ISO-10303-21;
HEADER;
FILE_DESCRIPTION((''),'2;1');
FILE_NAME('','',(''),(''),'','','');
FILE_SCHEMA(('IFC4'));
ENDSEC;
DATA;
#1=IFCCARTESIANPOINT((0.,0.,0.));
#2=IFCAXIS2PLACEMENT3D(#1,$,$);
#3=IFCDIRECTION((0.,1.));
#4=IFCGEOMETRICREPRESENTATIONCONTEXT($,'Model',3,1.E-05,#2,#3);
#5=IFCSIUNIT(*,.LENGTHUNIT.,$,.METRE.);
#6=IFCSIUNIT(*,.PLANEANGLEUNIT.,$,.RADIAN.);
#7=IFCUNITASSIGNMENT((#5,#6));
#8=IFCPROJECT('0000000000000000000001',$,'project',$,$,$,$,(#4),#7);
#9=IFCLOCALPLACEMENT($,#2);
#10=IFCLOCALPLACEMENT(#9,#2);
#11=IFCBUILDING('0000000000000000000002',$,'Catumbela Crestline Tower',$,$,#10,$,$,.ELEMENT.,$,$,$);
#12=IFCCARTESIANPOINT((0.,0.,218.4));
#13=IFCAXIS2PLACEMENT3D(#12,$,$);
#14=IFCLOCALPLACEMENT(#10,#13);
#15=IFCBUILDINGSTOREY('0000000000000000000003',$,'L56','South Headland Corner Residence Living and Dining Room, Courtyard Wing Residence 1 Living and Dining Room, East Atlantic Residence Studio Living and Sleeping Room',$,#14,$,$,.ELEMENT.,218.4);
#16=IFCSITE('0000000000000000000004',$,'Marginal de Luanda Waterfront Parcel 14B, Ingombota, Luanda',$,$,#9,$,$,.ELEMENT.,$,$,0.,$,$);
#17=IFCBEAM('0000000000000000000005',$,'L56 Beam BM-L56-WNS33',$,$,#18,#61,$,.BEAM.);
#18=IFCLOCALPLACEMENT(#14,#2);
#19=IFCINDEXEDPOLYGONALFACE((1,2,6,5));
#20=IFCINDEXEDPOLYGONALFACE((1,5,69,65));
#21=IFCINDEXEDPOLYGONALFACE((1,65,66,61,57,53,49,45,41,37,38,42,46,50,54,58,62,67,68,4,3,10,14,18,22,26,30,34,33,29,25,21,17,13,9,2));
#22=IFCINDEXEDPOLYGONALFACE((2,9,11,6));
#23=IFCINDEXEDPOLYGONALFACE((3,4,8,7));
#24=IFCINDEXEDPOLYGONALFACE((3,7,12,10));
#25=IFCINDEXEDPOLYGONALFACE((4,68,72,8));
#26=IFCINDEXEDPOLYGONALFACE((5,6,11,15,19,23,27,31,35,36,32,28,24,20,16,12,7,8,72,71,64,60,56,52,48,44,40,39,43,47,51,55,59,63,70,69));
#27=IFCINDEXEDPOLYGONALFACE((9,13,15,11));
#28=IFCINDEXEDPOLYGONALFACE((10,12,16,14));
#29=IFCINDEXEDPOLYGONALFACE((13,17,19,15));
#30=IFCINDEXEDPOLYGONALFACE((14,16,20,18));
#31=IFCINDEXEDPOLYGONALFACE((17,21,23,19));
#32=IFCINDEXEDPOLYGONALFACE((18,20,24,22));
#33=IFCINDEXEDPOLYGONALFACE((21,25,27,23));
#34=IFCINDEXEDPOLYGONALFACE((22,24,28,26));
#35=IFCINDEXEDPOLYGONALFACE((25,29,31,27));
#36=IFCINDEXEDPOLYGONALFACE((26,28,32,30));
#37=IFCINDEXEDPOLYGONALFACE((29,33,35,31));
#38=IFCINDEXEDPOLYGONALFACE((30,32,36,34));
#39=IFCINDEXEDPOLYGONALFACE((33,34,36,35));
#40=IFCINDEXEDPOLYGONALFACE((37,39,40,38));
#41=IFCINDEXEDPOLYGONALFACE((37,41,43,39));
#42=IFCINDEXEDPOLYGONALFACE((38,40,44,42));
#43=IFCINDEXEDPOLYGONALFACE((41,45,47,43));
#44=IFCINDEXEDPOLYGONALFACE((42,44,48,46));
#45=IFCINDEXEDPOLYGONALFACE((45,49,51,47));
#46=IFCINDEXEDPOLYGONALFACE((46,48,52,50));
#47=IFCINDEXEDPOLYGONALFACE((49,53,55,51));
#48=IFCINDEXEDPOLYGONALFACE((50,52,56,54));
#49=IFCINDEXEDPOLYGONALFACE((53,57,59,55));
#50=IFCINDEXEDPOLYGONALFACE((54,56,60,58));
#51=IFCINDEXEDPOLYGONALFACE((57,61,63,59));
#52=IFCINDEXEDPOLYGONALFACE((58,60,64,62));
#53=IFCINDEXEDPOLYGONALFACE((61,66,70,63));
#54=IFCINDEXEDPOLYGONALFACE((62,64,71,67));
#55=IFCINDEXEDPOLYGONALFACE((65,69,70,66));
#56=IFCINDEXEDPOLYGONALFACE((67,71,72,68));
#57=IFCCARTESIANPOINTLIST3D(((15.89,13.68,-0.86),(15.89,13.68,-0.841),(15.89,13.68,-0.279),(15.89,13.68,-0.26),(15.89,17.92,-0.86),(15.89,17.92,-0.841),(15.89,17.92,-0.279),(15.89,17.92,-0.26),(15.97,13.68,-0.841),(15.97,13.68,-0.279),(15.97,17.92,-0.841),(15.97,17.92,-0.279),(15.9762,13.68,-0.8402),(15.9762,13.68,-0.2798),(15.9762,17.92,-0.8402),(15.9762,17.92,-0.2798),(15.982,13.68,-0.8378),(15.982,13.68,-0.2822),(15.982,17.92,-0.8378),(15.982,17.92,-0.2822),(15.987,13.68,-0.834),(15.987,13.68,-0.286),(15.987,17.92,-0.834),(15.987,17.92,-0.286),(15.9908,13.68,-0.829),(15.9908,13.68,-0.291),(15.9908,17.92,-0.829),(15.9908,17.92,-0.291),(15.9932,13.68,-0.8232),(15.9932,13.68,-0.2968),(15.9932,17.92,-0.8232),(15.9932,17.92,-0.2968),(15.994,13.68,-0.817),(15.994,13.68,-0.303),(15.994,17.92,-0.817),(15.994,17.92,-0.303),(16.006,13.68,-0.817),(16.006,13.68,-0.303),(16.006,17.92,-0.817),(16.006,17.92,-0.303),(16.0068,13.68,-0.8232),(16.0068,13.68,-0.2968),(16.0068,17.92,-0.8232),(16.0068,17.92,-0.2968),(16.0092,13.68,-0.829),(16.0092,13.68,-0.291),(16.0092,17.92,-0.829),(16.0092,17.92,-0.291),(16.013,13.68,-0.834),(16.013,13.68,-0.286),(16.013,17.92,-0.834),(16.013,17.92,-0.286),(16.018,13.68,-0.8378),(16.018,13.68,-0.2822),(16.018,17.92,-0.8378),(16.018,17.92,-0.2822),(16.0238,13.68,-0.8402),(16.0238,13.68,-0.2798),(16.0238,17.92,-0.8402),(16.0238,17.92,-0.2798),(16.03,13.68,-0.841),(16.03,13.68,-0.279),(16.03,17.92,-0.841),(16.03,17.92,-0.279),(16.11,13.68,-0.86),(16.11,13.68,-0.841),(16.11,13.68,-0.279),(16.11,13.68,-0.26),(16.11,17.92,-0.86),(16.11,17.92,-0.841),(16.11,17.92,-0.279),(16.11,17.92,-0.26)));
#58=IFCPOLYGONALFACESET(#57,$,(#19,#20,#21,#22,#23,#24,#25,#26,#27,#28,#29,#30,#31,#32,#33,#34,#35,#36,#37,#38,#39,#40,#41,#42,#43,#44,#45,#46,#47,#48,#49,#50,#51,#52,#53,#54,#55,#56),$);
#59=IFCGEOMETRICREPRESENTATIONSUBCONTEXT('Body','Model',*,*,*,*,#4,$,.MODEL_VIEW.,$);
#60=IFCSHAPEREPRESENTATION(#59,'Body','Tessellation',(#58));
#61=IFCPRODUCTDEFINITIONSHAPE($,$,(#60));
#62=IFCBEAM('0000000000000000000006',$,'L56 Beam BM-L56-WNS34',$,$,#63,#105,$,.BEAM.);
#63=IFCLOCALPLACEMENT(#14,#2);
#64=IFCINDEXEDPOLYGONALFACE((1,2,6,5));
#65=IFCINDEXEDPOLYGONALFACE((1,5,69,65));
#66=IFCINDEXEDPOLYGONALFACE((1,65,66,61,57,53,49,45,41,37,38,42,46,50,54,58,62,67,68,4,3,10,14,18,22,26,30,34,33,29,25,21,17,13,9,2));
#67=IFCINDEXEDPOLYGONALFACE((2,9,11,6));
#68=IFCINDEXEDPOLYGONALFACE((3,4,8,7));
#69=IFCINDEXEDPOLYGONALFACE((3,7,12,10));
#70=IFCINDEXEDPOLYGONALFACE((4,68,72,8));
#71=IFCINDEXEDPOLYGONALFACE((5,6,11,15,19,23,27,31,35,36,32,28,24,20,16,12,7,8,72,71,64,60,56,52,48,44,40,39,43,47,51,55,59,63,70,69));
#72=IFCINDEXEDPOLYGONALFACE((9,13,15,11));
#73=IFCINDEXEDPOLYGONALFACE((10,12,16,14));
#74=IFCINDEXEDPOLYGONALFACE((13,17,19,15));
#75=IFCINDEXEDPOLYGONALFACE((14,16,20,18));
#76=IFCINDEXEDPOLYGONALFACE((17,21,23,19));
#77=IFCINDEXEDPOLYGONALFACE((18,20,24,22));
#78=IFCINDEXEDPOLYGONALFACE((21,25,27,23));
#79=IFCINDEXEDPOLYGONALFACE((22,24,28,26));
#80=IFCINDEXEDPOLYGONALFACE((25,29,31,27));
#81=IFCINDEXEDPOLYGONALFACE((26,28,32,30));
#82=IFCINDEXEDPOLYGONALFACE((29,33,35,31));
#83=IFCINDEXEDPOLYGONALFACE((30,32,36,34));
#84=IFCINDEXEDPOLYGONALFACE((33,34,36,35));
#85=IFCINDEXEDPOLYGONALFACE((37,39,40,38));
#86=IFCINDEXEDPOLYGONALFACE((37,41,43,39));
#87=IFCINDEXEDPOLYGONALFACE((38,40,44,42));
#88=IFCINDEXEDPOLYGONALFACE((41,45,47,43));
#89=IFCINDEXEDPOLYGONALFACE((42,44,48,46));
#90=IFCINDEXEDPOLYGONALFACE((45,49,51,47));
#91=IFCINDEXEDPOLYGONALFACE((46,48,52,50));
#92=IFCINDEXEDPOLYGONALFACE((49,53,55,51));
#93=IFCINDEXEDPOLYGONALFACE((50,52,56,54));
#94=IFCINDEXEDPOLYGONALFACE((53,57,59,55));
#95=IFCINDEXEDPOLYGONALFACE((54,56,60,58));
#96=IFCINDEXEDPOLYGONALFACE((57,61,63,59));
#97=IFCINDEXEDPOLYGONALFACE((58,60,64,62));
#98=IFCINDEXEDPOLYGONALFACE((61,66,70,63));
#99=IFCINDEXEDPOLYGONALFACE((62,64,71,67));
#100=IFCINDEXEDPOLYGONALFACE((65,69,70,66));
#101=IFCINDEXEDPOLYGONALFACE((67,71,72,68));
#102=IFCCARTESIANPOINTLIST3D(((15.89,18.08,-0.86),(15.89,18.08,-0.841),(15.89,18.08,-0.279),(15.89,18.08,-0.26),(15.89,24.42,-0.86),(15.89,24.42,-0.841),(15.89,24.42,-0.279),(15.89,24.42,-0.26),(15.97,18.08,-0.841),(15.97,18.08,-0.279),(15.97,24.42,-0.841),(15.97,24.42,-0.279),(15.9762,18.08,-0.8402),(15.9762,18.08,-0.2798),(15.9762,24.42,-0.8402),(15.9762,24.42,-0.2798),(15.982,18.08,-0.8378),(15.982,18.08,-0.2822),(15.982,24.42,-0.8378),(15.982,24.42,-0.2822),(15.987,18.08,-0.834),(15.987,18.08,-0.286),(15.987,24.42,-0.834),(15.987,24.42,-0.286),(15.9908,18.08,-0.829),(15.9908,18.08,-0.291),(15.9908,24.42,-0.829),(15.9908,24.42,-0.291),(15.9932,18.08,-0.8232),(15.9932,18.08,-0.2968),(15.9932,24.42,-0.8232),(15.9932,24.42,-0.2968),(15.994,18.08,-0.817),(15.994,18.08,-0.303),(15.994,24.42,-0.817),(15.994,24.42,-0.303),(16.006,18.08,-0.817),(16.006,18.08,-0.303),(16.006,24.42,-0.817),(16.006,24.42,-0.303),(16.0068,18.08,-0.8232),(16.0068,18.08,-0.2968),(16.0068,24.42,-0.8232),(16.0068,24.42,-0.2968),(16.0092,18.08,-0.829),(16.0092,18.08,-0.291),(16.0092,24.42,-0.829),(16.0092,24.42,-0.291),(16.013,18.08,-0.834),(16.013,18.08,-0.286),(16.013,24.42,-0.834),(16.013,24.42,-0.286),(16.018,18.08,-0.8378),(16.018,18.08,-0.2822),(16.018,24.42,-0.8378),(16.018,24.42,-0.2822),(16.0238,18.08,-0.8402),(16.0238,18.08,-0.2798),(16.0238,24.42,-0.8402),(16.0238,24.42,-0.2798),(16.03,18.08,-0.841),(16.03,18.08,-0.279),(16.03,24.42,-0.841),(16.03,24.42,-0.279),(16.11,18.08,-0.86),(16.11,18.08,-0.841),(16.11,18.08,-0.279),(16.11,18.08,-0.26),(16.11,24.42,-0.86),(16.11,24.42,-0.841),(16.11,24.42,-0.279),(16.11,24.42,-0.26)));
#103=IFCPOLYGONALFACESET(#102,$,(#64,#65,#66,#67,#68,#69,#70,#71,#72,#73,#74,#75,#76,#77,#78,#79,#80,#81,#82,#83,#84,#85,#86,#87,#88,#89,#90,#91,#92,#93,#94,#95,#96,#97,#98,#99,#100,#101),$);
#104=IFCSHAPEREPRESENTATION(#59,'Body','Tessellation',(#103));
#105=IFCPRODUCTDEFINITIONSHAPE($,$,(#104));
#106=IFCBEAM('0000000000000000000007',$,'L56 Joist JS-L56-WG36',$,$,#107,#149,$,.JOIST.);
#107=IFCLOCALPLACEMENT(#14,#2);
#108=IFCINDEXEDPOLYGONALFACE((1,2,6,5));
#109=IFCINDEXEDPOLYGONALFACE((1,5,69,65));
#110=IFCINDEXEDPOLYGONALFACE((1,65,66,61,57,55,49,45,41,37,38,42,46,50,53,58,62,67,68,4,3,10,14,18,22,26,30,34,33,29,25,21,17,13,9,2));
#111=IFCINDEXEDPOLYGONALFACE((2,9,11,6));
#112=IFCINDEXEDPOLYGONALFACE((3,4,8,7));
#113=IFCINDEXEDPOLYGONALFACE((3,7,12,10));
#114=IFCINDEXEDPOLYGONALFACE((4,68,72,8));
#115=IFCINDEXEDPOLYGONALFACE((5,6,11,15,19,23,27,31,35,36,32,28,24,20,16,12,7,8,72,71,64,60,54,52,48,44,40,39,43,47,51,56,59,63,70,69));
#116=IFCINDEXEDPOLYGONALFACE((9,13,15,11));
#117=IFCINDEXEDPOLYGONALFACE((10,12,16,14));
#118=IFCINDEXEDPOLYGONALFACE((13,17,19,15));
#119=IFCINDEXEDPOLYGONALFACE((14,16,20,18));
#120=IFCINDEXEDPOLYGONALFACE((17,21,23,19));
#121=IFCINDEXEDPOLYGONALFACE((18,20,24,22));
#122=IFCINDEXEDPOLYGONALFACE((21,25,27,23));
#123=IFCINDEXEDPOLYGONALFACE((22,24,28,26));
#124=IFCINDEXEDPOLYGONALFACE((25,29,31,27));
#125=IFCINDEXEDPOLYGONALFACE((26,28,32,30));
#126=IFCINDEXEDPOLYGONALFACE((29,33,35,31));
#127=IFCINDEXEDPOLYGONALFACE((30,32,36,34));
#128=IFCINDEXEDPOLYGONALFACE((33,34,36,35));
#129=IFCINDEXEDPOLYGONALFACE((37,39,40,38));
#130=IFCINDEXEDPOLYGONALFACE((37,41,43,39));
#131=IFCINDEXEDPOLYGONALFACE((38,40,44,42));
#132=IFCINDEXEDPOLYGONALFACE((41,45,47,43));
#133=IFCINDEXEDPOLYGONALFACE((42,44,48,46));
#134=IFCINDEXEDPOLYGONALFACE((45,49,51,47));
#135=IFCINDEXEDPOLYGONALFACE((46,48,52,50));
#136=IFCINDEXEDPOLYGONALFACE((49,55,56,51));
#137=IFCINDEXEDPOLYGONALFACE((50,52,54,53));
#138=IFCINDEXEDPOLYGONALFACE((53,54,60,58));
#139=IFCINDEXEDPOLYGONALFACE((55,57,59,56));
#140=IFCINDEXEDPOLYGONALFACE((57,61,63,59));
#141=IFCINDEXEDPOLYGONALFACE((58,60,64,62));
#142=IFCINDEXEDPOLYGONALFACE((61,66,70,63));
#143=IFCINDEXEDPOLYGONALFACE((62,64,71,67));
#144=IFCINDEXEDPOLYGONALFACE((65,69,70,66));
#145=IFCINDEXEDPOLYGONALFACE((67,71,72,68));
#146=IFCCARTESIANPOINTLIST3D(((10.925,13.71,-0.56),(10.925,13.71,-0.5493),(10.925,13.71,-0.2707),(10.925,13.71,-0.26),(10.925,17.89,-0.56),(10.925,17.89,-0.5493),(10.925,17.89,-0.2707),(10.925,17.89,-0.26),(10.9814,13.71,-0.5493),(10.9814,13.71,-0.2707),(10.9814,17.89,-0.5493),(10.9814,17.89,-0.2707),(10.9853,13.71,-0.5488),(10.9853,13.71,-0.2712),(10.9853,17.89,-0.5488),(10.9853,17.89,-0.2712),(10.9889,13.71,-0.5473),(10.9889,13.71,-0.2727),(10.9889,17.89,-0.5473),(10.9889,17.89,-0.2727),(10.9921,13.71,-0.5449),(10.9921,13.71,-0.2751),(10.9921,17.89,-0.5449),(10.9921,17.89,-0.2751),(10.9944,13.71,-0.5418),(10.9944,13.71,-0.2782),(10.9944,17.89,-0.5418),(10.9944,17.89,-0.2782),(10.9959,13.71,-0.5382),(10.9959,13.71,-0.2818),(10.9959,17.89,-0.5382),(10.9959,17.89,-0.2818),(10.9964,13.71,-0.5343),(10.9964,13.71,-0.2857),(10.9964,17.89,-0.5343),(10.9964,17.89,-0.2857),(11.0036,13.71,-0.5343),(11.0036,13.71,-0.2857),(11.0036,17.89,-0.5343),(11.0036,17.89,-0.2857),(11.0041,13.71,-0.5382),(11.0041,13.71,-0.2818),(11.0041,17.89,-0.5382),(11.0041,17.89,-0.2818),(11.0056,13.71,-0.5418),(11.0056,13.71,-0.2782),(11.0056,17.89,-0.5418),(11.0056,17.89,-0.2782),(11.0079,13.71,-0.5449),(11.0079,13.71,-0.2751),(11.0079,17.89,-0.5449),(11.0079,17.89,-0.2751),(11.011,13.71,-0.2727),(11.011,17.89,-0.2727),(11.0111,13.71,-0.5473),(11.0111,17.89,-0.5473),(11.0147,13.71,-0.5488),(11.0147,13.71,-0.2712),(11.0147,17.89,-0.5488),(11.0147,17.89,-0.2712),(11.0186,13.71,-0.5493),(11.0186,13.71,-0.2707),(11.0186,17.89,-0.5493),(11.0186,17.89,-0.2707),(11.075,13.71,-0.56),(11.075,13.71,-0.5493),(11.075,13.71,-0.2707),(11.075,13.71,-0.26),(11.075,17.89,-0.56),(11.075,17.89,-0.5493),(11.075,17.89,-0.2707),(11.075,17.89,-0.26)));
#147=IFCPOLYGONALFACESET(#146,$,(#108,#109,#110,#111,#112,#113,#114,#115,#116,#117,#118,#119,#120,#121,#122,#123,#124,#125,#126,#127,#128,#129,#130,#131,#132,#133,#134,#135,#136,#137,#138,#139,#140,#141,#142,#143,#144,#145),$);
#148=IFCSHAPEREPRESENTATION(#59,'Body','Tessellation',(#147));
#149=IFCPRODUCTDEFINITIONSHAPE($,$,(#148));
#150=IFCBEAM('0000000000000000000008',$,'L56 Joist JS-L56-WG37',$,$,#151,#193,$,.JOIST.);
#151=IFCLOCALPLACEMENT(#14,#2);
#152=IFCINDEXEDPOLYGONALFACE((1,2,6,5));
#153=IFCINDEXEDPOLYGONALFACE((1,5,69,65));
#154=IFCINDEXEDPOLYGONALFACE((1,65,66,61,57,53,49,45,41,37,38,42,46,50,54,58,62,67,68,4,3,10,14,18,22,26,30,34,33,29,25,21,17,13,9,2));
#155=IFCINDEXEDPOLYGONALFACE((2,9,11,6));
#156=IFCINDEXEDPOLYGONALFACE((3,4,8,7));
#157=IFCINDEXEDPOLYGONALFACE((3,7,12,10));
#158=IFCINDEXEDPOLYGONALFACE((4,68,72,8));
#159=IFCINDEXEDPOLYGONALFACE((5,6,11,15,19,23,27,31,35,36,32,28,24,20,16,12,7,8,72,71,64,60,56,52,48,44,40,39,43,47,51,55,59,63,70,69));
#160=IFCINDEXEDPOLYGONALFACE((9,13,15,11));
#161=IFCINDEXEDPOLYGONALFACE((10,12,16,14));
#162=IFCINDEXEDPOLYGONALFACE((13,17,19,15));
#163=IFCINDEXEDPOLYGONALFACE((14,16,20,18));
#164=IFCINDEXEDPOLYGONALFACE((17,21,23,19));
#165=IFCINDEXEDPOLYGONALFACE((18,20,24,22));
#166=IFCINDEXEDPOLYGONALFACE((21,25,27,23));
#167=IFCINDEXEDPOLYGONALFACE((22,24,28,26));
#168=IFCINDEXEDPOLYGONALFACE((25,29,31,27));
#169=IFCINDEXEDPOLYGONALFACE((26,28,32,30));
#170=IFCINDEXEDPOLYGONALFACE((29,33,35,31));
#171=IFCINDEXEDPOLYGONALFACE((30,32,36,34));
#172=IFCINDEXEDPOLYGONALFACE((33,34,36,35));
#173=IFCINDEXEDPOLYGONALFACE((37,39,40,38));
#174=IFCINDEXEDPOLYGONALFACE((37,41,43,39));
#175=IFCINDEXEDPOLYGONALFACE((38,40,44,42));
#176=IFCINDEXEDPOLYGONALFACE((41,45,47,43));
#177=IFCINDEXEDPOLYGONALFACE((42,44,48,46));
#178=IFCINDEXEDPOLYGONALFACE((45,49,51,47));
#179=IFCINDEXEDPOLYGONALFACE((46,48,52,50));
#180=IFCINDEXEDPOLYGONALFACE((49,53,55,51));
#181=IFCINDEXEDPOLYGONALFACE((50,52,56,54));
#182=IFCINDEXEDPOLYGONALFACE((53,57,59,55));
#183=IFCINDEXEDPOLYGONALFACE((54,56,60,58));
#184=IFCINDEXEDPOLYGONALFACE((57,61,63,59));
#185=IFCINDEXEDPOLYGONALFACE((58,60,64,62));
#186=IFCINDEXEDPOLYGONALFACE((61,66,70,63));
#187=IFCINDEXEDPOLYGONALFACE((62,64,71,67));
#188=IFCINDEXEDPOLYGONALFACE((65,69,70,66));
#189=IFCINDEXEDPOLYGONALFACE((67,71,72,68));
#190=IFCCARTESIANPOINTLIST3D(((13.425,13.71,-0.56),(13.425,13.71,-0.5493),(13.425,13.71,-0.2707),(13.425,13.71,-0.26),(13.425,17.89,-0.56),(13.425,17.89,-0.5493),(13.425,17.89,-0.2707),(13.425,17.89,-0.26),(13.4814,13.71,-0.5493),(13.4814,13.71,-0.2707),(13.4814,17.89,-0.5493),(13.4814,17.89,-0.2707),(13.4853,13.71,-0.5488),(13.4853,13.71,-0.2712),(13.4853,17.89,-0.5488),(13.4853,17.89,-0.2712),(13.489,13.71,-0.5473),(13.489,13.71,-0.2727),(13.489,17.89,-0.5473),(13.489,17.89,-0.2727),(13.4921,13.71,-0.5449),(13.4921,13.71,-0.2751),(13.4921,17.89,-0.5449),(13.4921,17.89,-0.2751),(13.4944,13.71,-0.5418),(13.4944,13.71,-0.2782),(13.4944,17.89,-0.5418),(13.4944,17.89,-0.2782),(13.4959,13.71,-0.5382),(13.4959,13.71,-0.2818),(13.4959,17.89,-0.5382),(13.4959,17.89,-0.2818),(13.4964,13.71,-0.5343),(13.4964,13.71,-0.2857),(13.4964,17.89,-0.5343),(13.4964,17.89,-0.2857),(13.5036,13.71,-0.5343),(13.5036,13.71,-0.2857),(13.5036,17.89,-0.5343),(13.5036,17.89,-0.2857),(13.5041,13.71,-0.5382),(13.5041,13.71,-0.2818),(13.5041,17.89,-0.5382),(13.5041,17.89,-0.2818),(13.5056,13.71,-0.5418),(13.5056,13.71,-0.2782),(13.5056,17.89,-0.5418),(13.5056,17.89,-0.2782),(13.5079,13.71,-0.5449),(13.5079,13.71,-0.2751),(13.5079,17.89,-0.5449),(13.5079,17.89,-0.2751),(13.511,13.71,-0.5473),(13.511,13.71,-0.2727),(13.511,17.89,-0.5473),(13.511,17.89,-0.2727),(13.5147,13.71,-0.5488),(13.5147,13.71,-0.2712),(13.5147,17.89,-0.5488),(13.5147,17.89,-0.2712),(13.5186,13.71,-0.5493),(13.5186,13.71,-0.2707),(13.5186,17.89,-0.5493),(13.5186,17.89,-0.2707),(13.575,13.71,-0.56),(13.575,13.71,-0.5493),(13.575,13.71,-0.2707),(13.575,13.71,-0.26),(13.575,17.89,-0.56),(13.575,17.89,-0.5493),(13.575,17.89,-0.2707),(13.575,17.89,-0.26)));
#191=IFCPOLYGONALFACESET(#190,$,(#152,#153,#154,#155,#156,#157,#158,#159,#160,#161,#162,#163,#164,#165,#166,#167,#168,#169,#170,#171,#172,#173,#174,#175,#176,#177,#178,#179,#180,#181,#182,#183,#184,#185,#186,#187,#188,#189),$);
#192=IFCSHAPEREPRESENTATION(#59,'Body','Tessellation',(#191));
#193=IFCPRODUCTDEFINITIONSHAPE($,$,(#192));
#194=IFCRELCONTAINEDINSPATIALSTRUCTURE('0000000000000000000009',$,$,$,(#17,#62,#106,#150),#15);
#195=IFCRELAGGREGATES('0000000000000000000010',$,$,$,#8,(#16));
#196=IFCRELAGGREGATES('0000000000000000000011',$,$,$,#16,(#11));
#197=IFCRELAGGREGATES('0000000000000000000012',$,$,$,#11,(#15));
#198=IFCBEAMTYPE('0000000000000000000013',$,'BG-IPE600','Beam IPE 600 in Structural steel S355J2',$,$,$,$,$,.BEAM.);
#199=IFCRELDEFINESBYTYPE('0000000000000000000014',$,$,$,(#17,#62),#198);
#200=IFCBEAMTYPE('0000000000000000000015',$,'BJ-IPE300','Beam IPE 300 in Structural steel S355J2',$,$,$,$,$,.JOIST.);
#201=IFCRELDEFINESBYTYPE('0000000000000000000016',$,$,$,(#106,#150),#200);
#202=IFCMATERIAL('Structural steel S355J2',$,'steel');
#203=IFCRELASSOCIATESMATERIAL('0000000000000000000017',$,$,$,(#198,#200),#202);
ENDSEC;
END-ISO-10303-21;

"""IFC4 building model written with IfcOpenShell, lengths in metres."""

from ifc_helpers import new_model, si_unit, direction, frame, origin, origin_2d, place, context, subcontext, project, spatial, i_section, extrude, material, material_profile, profile_set, type_object, element, save


model = new_model("IFC4")

# Units and contexts
model_context = context("Model", 3, precision=1e-05, world=origin(), true_north=direction((0.0, 1.0)))
body_context = subcontext(model_context, "Body", "Model", "MODEL_VIEW")
ifc_project = project(units=[si_unit("LENGTHUNIT", "METRE"), si_unit("PLANEANGLEUNIT", "RADIAN")], contexts=[model_context])

# Site, building, storey
site_placement = place(None, origin())
site = spatial("IfcSite", under=ifc_project, at=site_placement, Name="Marginal de Luanda Waterfront Parcel 14B, Ingombota, Luanda", CompositionType="ELEMENT", RefElevation=0.0)
building_placement = place(site_placement, origin())
building = spatial("IfcBuilding", under=site, at=building_placement, Name="Catumbela Crestline Tower", CompositionType="ELEMENT")
storey_placement = place(building_placement, frame((0.0, 0.0, 218.4)))
storey = spatial("IfcBuildingStorey", under=building, at=storey_placement, Name="L56", Description="South Headland Corner Residence Living and Dining Room, Courtyard Wing Residence 1 Living and Dining Room, East Atlantic Residence Studio Living and Sleeping Room", CompositionType="ELEMENT", Elevation=218.4)

# Shared definitions
ifc_material_1 = material(Name="Structural steel S355J2", Category="steel")

# Beams
ifc_material_profile_1 = material_profile(ifc_material_1, i_section(OverallWidth=0.22, OverallDepth=0.6, WebThickness=0.012, FlangeThickness=0.019, FilletRadius=0.024, at=origin_2d()), Name="IPE 600")
ifc_profile_set_1 = profile_set([ifc_material_profile_1], Name="Structural steel S355J2")
beam_type_1 = type_object("IfcBeamType", Name="BG-IPE600", Description="Beam IPE 600 in Structural steel S355J2", PredefinedType="BEAM", material=ifc_profile_set_1)
beam_1_placement = place(storey_placement, frame((16.0, 13.68, -0.56), z_axis=(0.0, 1.0, 0.0), x_axis=(-1.0, 0.0, 0.0)))
element("IfcBeam", 1, at=beam_1_placement, inside=storey, type_object=beam_type_1, Name="L56 Beam BM-L56-WNS33", PredefinedType="BEAM", context=body_context, shape_type="SweptSolid", body=[
    extrude(i_section(OverallWidth=0.22, OverallDepth=0.6, WebThickness=0.012, FlangeThickness=0.019, FilletRadius=0.024, at=origin_2d()), origin(), (0.0, 0.0, 1.0), 4.24),
])
beam_2_placement = place(storey_placement, frame((16.0, 18.08, -0.56), z_axis=(0.0, 1.0, 0.0), x_axis=(-1.0, 0.0, 0.0)))
element("IfcBeam", 2, at=beam_2_placement, inside=storey, type_object=beam_type_1, Name="L56 Beam BM-L56-WNS34", PredefinedType="BEAM", context=body_context, shape_type="SweptSolid", body=[
    extrude(i_section(OverallWidth=0.22, OverallDepth=0.6, WebThickness=0.012, FlangeThickness=0.019, FilletRadius=0.024, at=origin_2d()), origin(), (0.0, 0.0, 1.0), 6.34),
])
ifc_material_profile_2 = material_profile(ifc_material_1, i_section(OverallWidth=0.15, OverallDepth=0.3, WebThickness=0.0071, FlangeThickness=0.0107, FilletRadius=0.015, at=origin_2d()), Name="IPE 300")
ifc_profile_set_2 = profile_set([ifc_material_profile_2], Name="Structural steel S355J2")
beam_type_2 = type_object("IfcBeamType", Name="BJ-IPE300", Description="Beam IPE 300 in Structural steel S355J2", PredefinedType="JOIST", material=ifc_profile_set_2)
for number, where, z_axis, x_axis, name in (
    (3, (11.0, 13.71, -0.41), (0.0, 1.0, 0.0), (-1.0, 0.0, 0.0), "L56 Joist JS-L56-WG36"),
    (4, (13.5, 13.71, -0.41), (0.0, 1.0, 0.0), (-1.0, 0.0, 0.0), "L56 Joist JS-L56-WG37"),
):
    element("IfcBeam", number, at=place(storey_placement, frame(where, z_axis=z_axis, x_axis=x_axis)), inside=storey, type_object=beam_type_2, Name=name, PredefinedType="JOIST", context=body_context, shape_type="SweptSolid", body=[
        extrude(i_section(OverallWidth=0.15, OverallDepth=0.3, WebThickness=0.0071, FlangeThickness=0.0107, FilletRadius=0.015, at=origin_2d()), origin(), (0.0, 0.0, 1.0), 4.18),
    ])

save(model, "model.ifc")
